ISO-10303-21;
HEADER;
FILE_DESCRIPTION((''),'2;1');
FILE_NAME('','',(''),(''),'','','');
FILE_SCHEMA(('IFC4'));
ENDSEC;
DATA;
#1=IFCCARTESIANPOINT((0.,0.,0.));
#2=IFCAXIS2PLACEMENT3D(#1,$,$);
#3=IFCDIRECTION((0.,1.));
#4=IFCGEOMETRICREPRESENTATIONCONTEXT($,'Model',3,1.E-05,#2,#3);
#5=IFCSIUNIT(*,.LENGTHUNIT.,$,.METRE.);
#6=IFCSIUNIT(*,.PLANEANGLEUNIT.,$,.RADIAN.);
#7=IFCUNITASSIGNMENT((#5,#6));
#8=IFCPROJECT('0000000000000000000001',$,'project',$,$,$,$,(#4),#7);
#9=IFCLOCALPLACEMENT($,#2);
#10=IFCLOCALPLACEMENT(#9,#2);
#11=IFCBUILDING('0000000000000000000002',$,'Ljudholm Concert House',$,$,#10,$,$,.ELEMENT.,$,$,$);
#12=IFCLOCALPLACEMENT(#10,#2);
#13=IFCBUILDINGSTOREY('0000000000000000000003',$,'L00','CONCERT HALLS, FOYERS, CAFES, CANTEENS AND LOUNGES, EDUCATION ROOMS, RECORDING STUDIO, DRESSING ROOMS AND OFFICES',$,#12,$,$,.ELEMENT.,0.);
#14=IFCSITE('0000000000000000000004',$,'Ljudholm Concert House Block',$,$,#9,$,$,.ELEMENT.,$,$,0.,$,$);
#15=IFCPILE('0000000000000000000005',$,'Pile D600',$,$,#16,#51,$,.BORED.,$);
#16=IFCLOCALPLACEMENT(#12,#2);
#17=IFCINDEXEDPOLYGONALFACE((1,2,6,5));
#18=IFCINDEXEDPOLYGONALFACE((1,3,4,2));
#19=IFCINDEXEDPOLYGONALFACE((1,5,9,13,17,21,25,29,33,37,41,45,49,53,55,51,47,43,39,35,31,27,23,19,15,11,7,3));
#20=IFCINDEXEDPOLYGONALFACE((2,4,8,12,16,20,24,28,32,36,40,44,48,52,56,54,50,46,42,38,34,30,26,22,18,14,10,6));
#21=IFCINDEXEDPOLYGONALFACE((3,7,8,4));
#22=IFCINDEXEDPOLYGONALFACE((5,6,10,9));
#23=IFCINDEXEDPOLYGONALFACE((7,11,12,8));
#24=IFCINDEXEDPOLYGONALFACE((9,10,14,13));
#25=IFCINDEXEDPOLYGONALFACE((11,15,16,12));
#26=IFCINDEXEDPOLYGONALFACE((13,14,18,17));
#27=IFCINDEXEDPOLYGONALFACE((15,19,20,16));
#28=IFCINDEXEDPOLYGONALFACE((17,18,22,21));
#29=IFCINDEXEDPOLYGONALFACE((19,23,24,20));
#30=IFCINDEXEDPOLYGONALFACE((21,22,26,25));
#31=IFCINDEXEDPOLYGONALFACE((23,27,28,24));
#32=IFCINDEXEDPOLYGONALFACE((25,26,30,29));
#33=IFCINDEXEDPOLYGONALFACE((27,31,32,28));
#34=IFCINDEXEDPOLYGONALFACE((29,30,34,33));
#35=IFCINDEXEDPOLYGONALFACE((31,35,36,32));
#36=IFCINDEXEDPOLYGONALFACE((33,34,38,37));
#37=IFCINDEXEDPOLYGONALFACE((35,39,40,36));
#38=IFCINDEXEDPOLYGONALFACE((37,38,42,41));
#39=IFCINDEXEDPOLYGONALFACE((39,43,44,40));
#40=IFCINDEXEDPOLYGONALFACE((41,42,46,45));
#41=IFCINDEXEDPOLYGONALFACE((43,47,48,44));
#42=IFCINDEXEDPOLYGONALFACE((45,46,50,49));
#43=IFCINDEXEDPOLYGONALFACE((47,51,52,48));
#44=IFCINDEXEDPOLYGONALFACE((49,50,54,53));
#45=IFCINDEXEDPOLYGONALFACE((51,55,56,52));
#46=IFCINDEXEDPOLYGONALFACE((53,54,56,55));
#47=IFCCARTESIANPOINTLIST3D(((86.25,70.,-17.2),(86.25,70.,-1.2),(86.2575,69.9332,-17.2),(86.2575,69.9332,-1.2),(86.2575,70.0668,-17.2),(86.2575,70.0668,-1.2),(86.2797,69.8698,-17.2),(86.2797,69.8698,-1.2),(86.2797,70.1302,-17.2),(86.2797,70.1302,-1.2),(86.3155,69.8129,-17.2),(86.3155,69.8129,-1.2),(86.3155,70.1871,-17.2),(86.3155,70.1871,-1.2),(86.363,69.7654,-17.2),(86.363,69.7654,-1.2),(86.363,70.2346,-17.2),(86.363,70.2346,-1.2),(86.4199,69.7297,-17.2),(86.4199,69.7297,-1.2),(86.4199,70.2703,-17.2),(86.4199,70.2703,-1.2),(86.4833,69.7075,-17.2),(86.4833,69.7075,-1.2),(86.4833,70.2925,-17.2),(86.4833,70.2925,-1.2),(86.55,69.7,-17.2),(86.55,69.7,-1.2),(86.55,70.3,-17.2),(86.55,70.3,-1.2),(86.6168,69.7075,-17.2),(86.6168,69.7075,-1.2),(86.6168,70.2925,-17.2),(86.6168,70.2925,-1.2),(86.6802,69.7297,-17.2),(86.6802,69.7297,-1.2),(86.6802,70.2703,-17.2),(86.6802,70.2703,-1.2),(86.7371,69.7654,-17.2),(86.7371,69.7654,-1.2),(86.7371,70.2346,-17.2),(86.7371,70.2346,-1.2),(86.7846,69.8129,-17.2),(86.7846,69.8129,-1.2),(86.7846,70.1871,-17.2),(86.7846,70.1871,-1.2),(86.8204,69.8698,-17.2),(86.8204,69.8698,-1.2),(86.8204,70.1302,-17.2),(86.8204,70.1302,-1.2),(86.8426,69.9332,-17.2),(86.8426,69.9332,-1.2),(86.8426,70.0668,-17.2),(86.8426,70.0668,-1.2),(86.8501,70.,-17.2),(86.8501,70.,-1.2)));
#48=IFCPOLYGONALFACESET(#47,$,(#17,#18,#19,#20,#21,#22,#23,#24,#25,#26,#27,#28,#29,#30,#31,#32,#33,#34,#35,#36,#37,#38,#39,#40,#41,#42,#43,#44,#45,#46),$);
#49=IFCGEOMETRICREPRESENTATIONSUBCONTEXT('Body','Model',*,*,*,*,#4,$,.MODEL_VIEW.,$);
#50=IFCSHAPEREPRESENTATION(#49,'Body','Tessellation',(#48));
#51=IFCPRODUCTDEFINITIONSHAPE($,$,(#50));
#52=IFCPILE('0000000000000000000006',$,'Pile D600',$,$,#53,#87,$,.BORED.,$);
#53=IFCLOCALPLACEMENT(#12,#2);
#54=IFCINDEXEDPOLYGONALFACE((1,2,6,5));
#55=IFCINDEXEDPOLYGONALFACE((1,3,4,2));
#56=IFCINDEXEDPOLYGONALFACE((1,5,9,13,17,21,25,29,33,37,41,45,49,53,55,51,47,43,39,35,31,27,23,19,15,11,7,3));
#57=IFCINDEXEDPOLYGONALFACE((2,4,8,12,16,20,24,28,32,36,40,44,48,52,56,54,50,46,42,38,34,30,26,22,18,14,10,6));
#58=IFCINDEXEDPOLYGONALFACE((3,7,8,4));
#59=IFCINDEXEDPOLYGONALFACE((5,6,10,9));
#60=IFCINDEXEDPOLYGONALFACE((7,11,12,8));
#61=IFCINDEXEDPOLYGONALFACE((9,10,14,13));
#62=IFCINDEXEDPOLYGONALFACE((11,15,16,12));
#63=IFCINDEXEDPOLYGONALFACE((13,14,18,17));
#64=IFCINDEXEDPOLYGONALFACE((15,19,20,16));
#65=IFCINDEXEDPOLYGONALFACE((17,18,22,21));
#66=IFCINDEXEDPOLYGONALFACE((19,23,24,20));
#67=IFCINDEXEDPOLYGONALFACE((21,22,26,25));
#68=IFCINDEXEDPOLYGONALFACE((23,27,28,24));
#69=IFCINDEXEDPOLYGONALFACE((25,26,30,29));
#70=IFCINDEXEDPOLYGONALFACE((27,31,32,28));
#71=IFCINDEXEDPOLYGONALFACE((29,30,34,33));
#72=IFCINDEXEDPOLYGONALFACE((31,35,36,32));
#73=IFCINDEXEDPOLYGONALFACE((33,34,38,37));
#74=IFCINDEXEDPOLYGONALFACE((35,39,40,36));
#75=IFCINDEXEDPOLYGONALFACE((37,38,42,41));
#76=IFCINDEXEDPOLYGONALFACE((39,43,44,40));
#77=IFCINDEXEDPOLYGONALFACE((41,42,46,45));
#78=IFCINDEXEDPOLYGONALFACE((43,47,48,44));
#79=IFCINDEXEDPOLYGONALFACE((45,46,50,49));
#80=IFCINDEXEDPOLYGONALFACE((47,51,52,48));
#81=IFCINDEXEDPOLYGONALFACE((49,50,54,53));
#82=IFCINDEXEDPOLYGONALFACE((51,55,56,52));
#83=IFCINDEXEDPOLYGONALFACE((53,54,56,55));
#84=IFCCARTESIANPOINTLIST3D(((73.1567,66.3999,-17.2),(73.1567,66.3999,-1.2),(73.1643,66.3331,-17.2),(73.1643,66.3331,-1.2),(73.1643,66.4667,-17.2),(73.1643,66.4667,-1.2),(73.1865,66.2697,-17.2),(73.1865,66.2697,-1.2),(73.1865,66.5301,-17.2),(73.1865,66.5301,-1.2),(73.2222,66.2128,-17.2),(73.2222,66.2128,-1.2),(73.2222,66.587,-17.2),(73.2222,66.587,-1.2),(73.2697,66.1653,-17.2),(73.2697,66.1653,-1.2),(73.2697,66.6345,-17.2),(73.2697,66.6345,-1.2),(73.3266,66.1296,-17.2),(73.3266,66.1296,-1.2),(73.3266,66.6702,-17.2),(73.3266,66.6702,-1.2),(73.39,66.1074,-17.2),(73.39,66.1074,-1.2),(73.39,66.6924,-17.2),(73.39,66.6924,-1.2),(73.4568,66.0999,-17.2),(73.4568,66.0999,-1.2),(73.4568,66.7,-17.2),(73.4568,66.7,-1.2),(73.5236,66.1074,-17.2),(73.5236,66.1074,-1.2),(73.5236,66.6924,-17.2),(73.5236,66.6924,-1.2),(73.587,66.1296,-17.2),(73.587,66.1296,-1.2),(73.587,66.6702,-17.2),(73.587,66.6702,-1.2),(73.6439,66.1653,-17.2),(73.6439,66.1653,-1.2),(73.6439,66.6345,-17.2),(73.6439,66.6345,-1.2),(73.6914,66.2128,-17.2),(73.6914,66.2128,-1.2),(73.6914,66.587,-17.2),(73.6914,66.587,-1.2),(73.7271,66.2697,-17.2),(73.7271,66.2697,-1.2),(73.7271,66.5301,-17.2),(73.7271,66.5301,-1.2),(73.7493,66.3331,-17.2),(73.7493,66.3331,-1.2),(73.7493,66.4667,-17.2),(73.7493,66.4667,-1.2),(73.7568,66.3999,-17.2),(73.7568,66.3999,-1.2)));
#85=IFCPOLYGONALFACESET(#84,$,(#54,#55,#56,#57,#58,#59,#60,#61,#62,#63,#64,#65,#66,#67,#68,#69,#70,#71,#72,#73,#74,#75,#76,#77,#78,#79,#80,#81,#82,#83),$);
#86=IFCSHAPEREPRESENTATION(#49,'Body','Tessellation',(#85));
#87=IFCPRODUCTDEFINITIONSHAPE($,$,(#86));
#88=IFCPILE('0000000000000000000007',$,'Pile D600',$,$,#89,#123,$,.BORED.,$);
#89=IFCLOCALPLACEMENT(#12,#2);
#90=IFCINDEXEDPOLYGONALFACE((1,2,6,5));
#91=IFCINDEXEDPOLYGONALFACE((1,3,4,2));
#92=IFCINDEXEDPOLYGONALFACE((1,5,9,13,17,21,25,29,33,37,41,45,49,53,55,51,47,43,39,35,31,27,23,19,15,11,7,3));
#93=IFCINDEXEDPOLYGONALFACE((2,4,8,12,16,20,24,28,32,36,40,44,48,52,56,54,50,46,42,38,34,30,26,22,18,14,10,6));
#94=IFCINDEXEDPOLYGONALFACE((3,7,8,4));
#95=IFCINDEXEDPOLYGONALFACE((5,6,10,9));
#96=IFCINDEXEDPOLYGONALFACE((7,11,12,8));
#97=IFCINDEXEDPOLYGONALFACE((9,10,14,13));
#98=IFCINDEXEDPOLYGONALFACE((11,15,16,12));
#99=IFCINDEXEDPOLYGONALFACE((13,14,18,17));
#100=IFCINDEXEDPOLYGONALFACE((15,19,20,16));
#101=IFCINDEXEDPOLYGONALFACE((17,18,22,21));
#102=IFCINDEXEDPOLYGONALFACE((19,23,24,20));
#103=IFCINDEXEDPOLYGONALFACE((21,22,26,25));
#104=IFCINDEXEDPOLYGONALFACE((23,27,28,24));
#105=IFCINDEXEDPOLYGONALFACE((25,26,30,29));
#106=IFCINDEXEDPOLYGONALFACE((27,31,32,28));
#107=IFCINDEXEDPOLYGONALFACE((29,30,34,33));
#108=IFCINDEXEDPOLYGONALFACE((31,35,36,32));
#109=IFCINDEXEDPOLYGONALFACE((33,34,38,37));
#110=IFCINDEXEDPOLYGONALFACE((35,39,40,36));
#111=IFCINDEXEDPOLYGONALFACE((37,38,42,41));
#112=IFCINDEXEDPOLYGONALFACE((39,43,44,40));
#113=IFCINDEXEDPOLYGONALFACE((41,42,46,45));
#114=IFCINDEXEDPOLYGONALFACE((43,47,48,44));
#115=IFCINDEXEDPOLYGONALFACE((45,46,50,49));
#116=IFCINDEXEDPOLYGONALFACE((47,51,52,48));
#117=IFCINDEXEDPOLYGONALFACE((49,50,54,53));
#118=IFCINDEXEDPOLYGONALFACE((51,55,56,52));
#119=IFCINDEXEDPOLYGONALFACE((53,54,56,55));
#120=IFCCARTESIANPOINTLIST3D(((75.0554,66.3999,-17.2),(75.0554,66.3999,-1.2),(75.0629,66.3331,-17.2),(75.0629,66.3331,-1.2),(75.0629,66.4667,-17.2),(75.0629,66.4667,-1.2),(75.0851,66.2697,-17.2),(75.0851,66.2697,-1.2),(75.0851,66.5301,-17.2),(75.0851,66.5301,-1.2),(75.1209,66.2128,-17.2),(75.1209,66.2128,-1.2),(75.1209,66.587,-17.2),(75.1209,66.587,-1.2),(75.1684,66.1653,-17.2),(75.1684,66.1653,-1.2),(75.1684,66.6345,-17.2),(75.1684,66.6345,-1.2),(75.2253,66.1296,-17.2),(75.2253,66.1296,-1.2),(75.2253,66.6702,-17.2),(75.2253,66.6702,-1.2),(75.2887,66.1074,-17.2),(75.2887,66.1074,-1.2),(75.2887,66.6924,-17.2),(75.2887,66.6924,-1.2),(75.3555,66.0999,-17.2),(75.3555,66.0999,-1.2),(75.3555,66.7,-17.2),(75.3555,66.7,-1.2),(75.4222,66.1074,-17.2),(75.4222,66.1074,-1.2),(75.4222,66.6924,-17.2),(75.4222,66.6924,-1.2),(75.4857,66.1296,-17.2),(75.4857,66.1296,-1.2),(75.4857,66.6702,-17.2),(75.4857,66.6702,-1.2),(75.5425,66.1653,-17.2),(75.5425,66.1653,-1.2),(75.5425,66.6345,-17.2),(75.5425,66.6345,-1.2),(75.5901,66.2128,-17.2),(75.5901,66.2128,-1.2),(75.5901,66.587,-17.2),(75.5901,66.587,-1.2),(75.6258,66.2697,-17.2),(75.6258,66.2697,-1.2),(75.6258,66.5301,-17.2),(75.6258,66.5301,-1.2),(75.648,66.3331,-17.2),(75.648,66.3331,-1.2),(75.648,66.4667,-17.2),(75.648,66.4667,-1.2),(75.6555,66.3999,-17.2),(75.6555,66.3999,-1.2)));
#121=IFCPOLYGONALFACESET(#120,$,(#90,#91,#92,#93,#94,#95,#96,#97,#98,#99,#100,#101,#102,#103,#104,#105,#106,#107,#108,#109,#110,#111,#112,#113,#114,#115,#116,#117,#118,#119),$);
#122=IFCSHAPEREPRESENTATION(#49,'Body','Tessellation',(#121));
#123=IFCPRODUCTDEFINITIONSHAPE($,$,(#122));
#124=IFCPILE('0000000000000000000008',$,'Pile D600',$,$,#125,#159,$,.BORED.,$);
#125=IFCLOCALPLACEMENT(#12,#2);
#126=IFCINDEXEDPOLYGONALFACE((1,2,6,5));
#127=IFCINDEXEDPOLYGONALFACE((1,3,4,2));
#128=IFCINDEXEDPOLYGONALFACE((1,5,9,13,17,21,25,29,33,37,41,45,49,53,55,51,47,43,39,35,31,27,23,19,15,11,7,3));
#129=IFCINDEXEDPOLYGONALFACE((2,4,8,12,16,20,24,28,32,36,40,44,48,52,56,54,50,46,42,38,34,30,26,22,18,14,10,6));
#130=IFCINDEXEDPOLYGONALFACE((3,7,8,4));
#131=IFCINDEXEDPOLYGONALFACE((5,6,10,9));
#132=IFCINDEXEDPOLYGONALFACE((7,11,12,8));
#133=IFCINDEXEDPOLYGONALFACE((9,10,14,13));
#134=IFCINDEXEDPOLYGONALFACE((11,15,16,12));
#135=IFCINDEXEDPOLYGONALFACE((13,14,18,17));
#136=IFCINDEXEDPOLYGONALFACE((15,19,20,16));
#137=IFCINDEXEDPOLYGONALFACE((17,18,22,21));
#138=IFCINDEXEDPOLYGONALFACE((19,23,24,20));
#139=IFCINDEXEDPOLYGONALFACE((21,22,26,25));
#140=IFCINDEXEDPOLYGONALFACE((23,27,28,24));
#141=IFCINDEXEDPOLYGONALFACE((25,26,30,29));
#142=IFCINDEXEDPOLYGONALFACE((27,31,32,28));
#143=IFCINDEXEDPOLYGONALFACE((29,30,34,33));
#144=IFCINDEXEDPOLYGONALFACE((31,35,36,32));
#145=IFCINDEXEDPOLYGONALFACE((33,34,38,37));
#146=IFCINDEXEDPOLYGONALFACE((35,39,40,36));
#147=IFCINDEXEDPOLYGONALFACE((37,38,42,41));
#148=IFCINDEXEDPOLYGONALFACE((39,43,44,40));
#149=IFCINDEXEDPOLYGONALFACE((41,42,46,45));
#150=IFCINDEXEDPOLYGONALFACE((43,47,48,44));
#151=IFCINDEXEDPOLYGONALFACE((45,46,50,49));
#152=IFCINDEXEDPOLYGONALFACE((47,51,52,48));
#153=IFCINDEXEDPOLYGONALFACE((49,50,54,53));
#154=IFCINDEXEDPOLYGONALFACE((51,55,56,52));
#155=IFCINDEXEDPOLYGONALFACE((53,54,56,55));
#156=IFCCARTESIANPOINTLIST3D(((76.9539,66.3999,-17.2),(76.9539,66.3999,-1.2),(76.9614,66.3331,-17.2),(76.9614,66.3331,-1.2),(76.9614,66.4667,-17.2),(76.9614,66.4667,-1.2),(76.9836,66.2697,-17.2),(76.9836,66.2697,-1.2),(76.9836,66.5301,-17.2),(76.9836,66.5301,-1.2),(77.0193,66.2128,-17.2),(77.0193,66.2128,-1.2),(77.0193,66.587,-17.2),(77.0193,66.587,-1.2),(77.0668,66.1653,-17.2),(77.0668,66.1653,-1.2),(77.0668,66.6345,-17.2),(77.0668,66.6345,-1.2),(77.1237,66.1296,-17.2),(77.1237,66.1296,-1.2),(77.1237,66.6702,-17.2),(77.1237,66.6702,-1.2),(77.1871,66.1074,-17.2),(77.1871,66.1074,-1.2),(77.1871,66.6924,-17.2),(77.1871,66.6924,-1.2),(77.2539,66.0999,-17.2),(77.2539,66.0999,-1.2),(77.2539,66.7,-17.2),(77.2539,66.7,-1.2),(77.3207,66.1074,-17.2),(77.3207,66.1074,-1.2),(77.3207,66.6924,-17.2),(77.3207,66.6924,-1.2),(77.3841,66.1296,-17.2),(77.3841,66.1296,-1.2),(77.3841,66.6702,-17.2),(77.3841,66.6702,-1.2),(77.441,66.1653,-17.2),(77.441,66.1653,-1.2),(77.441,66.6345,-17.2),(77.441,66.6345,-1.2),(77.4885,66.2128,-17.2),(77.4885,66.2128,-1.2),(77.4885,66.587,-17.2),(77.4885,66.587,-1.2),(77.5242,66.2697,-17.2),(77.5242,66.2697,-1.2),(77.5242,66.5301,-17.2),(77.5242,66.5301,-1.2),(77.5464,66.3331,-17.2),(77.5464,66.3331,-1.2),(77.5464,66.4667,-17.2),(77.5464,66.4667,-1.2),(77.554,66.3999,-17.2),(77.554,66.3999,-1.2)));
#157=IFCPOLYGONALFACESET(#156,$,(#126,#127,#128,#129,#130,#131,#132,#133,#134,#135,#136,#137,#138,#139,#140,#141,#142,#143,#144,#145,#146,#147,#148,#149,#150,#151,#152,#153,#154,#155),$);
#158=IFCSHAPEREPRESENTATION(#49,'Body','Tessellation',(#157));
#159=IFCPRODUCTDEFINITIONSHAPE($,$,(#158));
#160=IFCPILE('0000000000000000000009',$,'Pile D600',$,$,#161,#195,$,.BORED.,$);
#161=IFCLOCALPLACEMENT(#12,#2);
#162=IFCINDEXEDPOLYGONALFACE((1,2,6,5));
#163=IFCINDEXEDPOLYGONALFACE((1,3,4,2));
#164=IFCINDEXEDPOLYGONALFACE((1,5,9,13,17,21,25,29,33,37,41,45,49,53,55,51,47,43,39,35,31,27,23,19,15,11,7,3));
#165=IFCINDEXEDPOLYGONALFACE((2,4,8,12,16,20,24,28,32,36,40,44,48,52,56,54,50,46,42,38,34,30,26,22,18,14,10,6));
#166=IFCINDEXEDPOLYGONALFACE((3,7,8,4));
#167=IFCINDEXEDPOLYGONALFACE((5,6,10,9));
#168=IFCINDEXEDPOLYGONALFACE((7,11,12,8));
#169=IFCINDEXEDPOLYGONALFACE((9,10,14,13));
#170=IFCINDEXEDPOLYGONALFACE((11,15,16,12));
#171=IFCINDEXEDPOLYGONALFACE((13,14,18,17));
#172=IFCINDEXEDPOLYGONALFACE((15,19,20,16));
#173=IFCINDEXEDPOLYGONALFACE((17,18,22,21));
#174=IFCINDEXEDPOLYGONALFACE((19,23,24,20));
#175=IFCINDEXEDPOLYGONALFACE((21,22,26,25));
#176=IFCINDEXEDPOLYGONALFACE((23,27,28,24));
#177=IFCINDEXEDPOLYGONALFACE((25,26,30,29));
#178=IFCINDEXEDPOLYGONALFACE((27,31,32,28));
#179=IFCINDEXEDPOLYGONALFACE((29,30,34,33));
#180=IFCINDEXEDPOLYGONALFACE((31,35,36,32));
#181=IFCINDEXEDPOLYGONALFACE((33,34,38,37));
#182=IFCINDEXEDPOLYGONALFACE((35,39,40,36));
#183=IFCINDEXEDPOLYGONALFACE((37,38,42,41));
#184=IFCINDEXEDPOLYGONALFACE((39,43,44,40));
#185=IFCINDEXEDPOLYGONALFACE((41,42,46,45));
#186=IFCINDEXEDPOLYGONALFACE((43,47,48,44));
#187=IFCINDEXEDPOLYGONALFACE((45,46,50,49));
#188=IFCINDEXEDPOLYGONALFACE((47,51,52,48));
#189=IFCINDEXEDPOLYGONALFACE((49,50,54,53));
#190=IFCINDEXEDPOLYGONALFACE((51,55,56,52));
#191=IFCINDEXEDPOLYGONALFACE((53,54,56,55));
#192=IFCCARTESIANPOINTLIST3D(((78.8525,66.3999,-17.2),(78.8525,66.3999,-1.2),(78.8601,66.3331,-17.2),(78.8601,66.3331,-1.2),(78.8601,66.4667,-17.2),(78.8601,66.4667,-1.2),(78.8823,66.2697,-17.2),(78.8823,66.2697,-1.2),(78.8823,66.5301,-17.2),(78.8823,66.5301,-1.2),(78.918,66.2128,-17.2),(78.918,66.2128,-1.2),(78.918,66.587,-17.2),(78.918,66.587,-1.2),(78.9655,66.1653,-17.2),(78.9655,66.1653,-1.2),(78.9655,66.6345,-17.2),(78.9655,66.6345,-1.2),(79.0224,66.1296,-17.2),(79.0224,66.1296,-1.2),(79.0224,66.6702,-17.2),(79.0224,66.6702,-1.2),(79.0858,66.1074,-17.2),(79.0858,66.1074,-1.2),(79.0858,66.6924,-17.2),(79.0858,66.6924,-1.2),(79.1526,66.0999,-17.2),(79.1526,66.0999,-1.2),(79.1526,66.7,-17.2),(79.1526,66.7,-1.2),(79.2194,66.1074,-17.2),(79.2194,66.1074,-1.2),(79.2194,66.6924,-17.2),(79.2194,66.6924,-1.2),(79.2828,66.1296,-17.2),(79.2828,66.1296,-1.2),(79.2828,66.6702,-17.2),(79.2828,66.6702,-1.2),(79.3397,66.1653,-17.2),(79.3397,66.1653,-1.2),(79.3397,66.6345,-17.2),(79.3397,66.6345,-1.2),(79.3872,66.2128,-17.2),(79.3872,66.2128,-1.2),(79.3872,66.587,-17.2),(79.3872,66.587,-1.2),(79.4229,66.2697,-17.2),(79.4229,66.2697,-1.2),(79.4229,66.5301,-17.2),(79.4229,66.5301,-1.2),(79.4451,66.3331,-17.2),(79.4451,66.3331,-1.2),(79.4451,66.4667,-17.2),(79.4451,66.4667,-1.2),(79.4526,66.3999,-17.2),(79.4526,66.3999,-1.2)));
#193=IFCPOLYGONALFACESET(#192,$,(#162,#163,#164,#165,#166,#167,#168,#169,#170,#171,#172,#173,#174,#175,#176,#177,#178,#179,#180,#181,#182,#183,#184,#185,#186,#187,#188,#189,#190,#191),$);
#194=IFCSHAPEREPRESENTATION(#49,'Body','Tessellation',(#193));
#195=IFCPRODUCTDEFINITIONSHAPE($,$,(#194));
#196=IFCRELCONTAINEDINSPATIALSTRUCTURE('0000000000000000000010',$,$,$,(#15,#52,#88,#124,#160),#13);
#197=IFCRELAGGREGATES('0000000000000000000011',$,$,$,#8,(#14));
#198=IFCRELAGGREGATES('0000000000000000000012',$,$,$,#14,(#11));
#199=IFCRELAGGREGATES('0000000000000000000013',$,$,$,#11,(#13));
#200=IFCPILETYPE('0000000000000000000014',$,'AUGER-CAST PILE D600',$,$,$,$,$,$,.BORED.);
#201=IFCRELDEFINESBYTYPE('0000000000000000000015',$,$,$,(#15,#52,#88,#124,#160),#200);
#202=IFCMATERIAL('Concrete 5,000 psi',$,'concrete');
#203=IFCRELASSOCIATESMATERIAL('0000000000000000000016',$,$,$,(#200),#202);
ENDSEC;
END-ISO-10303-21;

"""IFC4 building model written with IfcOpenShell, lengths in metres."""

from ifc_helpers import new_model, si_unit, direction, frame, origin, origin_2d, place, context, subcontext, project, spatial, circle, extrude, material, material_profile, profile_set, type_object, element, save


model = new_model("IFC4")

# Units and contexts
model_context = context("Model", 3, precision=1e-05, world=origin(), true_north=direction((0.0, 1.0)))
body_context = subcontext(model_context, "Body", "Model", "MODEL_VIEW")
ifc_project = project(units=[si_unit("LENGTHUNIT", "METRE"), si_unit("PLANEANGLEUNIT", "RADIAN")], contexts=[model_context])

# Site, building, storey
site_placement = place(None, origin())
site = spatial("IfcSite", under=ifc_project, at=site_placement, Name="Ljudholm Concert House Block", CompositionType="ELEMENT", RefElevation=0.0)
building_placement = place(site_placement, origin())
building = spatial("IfcBuilding", under=site, at=building_placement, Name="Ljudholm Concert House", CompositionType="ELEMENT")
storey_placement = place(building_placement, origin())
storey = spatial("IfcBuildingStorey", under=building, at=storey_placement, Name="L00", Description="CONCERT HALLS, FOYERS, CAFES, CANTEENS AND LOUNGES, EDUCATION ROOMS, RECORDING STUDIO, DRESSING ROOMS AND OFFICES", CompositionType="ELEMENT", Elevation=0.0)

# Piles
ifc_material_1 = material(Name="Concrete 5,000 psi", Category="concrete")
ifc_material_profile = material_profile(ifc_material_1, circle(Radius=0.3, at=origin_2d()), Name="AUGER-CAST PILE D600")
ifc_profile_set = profile_set([ifc_material_profile], Name="Concrete 5,000 psi")
pile_type = type_object("IfcPileType", Name="AUGER-CAST PILE D600", PredefinedType="BORED", material=ifc_profile_set)
for number, where, z_axis, x_axis, name in (
    (1, (86.55, 70.0, -1.2), (0.0, 0.0, -1.0), (1.0, 0.0, 0.0), "Pile D600"),
    (2, (73.4568, 66.3999, -1.2), (0.0, 0.0, -1.0), (1.0, 0.0, 0.0), "Pile D600"),
    (3, (75.3555, 66.3999, -1.2), (0.0, 0.0, -1.0), (1.0, 0.0, 0.0), "Pile D600"),
    (4, (77.2539, 66.3999, -1.2), (0.0, 0.0, -1.0), (1.0, 0.0, 0.0), "Pile D600"),
    (5, (79.1526, 66.3999, -1.2), (0.0, 0.0, -1.0), (1.0, 0.0, 0.0), "Pile D600"),
):
    element("IfcPile", number, at=place(storey_placement, frame(where, z_axis=z_axis, x_axis=x_axis)), inside=storey, type_object=pile_type, Name=name, PredefinedType="BORED", context=body_context, shape_type="SweptSolid", body=[
        extrude(circle(Radius=0.3, at=origin_2d()), origin(), (0.0, 0.0, 1.0), 16.0),
    ])

save(model, "model.ifc")
